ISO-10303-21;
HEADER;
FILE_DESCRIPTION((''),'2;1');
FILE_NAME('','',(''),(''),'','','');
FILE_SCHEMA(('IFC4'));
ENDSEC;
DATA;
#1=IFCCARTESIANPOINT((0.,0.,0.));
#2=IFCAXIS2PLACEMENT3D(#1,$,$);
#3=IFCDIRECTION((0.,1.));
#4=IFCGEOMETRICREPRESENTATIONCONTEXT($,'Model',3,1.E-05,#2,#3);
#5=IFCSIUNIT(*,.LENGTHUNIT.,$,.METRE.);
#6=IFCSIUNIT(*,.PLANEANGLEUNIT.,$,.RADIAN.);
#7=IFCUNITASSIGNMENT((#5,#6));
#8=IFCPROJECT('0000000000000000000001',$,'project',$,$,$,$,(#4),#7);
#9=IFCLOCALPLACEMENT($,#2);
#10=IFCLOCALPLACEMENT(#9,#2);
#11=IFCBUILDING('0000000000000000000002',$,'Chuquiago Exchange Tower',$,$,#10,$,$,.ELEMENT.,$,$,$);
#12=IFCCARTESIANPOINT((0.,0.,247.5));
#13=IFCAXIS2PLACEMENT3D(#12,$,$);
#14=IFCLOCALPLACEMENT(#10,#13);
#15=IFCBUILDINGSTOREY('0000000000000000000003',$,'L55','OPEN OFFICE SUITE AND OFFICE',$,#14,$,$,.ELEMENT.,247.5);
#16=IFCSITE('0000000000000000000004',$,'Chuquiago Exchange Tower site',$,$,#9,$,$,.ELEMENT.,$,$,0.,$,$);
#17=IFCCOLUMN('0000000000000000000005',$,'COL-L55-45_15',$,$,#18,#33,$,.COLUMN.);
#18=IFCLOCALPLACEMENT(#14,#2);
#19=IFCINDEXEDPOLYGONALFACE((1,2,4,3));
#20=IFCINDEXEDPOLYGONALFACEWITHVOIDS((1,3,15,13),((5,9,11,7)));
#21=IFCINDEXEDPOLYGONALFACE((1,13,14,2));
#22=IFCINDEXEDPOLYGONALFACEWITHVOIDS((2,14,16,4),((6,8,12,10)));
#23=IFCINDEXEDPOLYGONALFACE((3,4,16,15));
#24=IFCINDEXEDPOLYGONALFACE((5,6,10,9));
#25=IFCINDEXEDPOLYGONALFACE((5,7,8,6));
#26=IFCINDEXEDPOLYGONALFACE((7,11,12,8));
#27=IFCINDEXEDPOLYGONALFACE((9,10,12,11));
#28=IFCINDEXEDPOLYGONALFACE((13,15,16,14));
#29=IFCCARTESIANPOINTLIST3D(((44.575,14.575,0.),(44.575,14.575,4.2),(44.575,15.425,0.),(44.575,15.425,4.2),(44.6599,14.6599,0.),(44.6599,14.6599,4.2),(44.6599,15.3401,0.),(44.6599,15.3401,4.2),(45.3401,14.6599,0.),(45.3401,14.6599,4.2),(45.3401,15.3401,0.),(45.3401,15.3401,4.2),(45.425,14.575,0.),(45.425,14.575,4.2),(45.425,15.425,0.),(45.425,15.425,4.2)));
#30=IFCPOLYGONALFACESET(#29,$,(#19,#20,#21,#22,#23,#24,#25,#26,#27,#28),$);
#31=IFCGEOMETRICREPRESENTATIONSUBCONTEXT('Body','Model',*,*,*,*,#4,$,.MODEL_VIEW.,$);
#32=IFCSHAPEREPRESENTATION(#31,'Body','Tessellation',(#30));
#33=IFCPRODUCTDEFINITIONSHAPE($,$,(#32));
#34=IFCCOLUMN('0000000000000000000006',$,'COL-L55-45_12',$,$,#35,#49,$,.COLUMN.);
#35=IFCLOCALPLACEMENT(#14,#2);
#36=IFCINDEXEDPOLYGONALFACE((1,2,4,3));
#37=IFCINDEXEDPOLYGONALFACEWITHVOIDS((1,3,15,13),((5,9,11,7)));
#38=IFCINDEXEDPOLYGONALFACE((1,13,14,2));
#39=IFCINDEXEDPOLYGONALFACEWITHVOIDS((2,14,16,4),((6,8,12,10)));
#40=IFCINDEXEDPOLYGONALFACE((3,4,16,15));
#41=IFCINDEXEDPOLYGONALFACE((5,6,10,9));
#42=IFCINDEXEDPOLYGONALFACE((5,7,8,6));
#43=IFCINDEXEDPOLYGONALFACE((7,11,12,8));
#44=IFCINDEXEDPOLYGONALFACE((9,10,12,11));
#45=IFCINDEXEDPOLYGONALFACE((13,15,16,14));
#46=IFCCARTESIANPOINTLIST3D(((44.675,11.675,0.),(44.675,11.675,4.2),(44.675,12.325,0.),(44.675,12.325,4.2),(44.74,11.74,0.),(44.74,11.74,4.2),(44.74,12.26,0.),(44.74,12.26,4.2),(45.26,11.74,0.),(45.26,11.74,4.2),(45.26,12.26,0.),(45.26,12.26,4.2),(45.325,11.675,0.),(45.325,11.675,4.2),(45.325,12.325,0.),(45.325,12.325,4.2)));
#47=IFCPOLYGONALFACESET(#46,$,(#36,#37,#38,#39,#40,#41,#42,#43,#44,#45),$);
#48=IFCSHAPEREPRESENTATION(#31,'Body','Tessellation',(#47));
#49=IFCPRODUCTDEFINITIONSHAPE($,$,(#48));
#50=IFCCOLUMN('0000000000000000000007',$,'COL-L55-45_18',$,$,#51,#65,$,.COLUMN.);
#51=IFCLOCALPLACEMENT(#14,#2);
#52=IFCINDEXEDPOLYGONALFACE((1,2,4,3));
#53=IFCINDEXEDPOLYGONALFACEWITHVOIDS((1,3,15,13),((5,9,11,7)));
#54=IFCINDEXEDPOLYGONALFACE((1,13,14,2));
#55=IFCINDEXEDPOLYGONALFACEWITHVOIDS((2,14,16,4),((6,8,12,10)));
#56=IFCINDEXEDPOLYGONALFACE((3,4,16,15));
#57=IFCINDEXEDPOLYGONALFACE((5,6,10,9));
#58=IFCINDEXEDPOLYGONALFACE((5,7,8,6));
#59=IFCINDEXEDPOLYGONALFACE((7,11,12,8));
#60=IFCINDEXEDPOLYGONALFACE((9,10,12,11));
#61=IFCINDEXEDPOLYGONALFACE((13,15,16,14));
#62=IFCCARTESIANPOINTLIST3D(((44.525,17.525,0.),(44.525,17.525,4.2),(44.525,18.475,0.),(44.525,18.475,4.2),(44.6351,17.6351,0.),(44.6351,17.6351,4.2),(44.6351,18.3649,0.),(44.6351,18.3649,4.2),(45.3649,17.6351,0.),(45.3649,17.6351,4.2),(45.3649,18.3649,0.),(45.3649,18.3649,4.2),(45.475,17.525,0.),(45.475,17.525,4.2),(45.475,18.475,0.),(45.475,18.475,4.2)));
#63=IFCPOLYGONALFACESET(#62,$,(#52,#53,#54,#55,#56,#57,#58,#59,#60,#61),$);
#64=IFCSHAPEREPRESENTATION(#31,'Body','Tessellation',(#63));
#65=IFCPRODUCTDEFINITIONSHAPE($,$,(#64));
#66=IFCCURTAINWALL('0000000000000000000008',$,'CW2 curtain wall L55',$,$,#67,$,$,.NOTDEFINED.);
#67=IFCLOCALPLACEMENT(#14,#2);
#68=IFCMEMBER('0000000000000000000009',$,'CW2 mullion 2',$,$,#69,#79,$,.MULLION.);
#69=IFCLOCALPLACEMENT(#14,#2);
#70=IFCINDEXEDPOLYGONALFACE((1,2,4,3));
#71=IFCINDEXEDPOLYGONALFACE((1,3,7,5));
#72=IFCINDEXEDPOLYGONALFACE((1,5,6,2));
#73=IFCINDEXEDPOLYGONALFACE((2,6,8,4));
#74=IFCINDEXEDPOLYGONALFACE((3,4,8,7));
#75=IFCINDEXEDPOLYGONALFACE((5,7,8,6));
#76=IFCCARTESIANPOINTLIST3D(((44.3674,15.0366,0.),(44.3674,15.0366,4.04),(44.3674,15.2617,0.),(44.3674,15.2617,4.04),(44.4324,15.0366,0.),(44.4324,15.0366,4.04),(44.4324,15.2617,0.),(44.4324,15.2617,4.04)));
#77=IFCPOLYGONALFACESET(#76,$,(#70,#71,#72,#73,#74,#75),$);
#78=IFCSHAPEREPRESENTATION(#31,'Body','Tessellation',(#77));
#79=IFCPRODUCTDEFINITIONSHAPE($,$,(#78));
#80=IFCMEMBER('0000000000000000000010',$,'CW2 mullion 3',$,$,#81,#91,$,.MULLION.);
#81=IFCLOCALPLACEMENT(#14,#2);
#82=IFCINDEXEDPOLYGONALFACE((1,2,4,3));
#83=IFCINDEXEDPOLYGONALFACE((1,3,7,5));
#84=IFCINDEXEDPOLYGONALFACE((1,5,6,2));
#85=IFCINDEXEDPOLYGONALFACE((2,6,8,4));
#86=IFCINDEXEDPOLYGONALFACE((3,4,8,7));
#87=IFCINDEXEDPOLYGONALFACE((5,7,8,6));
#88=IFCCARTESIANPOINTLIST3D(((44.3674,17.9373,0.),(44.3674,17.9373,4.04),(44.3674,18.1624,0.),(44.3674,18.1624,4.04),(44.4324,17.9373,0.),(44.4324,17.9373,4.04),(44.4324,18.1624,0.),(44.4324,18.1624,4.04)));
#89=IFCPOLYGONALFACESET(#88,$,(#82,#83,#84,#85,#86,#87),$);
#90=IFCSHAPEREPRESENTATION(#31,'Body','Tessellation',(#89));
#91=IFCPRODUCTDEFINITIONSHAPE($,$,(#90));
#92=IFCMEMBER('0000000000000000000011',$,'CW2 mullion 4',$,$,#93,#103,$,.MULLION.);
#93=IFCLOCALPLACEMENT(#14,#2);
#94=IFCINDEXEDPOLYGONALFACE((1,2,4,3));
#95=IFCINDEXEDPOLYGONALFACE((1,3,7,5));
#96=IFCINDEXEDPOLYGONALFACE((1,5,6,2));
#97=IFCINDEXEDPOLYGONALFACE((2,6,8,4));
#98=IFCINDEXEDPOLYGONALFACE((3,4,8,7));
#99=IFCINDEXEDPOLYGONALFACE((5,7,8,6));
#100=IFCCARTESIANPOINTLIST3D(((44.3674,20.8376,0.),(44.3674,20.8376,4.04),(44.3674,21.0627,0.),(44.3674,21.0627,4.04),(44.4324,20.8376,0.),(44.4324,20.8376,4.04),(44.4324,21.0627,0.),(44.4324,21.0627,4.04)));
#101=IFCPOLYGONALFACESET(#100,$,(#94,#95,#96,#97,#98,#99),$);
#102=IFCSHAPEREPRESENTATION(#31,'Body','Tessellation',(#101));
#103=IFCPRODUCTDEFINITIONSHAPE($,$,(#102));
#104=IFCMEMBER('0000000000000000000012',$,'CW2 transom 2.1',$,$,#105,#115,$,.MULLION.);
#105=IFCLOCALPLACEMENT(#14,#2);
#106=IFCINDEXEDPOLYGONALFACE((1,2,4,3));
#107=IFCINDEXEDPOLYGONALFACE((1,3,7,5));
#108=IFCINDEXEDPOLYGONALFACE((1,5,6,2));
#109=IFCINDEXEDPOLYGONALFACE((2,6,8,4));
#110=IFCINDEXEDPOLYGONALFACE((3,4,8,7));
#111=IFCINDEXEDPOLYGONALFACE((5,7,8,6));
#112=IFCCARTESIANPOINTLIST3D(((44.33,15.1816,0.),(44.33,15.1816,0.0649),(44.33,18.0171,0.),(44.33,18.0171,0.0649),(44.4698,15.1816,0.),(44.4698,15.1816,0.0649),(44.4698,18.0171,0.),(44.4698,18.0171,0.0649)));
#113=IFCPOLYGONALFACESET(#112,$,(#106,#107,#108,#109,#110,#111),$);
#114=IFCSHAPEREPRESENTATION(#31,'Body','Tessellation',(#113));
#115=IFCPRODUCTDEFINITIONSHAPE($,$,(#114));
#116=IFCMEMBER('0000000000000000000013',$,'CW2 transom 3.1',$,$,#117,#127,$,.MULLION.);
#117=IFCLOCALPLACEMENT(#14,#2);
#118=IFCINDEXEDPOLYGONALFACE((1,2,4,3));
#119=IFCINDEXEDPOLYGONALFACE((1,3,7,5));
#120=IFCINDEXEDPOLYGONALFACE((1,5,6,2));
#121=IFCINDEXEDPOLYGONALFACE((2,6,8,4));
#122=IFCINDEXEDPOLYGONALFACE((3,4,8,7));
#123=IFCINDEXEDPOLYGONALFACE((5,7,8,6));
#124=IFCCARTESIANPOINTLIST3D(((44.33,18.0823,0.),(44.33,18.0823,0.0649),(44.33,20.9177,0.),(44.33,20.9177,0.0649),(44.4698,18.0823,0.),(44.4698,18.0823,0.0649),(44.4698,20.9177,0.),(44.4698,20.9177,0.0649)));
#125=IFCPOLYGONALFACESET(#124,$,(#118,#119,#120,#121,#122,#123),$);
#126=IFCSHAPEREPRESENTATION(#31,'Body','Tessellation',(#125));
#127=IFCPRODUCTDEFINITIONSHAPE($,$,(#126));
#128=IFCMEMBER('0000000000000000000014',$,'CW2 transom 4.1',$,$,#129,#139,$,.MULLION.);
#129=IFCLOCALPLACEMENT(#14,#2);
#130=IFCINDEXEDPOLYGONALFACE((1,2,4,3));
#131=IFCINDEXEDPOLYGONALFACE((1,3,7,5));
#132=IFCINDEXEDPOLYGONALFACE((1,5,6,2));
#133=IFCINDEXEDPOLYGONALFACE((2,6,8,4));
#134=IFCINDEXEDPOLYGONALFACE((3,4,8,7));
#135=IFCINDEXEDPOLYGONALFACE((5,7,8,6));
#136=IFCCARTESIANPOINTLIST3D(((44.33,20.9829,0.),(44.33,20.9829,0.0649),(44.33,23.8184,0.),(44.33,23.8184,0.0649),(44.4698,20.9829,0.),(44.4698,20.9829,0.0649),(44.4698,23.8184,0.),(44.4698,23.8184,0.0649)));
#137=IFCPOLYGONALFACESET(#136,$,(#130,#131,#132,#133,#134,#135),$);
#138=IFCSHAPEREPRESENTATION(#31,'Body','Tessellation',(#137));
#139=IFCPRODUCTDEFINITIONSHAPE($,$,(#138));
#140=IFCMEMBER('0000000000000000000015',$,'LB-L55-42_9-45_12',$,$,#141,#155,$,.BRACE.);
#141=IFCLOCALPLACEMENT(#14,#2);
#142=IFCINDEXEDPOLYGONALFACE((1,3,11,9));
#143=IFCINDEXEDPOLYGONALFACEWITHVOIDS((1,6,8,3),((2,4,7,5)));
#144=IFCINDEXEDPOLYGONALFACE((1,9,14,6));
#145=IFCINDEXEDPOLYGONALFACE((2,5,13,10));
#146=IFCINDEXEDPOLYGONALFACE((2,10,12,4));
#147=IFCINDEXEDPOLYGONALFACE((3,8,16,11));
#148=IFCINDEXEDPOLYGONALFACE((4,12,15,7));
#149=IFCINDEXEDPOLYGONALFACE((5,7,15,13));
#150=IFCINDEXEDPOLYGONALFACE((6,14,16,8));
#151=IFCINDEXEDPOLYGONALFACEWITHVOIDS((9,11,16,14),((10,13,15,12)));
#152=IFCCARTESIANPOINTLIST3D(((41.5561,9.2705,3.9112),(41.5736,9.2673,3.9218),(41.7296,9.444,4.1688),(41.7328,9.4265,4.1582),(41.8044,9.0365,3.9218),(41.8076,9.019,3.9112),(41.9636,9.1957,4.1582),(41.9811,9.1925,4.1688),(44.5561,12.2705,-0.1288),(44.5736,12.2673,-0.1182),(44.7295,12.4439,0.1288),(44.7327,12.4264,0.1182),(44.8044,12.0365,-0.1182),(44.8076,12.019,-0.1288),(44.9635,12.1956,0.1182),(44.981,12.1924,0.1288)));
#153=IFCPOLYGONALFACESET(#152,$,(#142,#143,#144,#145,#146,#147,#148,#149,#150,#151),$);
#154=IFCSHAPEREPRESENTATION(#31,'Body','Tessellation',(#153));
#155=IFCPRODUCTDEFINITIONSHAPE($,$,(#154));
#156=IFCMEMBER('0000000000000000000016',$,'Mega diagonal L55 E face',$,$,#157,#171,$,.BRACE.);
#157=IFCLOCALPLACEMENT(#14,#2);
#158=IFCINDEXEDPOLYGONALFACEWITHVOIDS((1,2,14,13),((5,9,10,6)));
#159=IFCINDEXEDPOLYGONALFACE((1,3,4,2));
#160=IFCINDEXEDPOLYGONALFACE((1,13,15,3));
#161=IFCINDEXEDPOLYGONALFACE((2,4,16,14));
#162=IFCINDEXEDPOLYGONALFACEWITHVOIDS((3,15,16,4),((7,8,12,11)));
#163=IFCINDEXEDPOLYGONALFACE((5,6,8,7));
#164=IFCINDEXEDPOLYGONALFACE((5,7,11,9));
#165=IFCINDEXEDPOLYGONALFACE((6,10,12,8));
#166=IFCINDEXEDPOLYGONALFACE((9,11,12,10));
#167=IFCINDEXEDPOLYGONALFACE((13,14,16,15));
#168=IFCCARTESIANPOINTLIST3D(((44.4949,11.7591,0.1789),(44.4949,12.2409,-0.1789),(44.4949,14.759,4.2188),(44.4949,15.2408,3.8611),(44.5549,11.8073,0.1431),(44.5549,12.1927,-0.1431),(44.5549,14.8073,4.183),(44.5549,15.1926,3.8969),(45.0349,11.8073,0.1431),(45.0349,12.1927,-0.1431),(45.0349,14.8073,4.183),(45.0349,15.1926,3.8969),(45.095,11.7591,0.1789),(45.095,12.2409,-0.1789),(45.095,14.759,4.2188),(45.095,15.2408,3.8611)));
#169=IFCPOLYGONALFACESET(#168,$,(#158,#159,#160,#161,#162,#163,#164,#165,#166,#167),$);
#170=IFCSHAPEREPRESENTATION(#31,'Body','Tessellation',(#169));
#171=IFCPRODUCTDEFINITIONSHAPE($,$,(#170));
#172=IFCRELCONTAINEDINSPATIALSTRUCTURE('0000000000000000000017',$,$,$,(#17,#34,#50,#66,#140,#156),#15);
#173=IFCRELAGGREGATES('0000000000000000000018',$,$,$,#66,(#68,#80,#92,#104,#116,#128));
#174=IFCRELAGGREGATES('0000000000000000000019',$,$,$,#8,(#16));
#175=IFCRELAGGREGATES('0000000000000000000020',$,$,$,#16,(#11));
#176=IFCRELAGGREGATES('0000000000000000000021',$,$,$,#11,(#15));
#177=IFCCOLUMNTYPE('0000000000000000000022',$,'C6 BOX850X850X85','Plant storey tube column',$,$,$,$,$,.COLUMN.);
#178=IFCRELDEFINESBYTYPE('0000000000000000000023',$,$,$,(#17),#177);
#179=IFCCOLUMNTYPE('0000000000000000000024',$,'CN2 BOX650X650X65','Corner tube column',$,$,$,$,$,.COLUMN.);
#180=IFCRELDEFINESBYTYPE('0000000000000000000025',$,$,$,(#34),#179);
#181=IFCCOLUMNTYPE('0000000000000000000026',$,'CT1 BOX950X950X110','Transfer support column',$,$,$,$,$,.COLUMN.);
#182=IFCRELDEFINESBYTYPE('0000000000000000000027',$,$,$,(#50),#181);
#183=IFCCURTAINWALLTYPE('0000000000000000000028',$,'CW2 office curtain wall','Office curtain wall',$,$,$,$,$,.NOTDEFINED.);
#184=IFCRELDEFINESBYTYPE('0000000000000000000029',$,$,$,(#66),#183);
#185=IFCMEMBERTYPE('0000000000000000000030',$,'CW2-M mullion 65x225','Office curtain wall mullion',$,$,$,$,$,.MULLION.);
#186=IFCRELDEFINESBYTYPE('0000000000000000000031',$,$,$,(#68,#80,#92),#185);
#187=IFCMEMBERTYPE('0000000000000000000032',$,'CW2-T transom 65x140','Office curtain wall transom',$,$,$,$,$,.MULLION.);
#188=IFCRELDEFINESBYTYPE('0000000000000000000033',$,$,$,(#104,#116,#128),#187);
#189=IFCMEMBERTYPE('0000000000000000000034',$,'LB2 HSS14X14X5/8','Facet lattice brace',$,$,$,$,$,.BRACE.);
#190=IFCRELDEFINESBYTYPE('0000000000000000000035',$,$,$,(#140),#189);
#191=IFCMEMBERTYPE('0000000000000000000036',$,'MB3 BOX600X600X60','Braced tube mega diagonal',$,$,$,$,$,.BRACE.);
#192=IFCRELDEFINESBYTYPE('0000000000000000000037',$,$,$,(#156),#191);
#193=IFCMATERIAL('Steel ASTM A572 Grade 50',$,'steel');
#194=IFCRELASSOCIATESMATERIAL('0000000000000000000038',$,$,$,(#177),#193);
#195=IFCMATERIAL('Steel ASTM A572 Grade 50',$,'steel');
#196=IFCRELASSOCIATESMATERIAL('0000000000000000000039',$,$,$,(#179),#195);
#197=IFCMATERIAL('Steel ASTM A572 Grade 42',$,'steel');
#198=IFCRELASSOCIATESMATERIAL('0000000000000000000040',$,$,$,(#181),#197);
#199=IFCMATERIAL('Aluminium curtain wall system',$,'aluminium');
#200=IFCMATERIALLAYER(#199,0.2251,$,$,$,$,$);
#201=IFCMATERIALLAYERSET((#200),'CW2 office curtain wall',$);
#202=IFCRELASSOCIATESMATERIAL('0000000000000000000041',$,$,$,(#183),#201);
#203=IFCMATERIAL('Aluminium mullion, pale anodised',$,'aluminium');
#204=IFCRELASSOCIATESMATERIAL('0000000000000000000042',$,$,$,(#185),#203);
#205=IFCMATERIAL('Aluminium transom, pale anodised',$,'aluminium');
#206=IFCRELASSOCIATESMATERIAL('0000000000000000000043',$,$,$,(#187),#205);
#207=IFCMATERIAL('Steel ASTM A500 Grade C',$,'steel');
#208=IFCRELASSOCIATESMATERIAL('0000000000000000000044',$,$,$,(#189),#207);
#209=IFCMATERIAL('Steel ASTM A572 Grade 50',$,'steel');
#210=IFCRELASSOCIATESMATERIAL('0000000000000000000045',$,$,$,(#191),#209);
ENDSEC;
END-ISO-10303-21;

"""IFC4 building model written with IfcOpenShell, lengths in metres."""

from ifc_helpers import new_model, si_unit, direction, frame, origin, origin_2d, place, context, subcontext, project, spatial, rectangle, hollow_rectangle, extrude, material, layer, layer_set, material_profile, profile_set, type_object, element, aggregate, save


model = new_model("IFC4")

# Units and contexts
model_context = context("Model", 3, precision=1e-05, world=origin(), true_north=direction((0.0, 1.0)))
body_context = subcontext(model_context, "Body", "Model", "MODEL_VIEW")
ifc_project = project(units=[si_unit("LENGTHUNIT", "METRE"), si_unit("PLANEANGLEUNIT", "RADIAN")], contexts=[model_context])

# Site, building, storey
site_placement = place(None, origin())
site = spatial("IfcSite", under=ifc_project, at=site_placement, Name="Chuquiago Exchange Tower site", CompositionType="ELEMENT", RefElevation=0.0)
building_placement = place(site_placement, origin())
building = spatial("IfcBuilding", under=site, at=building_placement, Name="Chuquiago Exchange Tower", CompositionType="ELEMENT")
storey_placement = place(building_placement, frame((0.0, 0.0, 247.5)))
storey = spatial("IfcBuildingStorey", under=building, at=storey_placement, Name="L55", Description="OPEN OFFICE SUITE AND OFFICE", CompositionType="ELEMENT", Elevation=247.5)

# Columns
ifc_material_1 = material(Name="Steel ASTM A572 Grade 50", Category="steel")
ifc_material_profile_1 = material_profile(ifc_material_1, hollow_rectangle(XDim=0.8501, YDim=0.8501, WallThickness=0.085, at=origin_2d()), Name="BOX850X850X85")
ifc_profile_set_1 = profile_set([ifc_material_profile_1], Name="Steel ASTM A572 Grade 50")
column_type_1 = type_object("IfcColumnType", Name="C6 BOX850X850X85", Description="Plant storey tube column", PredefinedType="COLUMN", material=ifc_profile_set_1)
column_1_placement = place(storey_placement, frame((45.0, 15.0, 0.0), z_axis=(0.0, 0.0, 1.0), x_axis=(1.0, 0.0, 0.0)))
element("IfcColumn", 1, at=column_1_placement, inside=storey, type_object=column_type_1, Name="COL-L55-45_15", PredefinedType="COLUMN", context=body_context, shape_type="SweptSolid", body=[
    extrude(hollow_rectangle(XDim=0.8501, YDim=0.8501, WallThickness=0.085, at=origin_2d()), origin(), (0.0, 0.0, 1.0), 4.2),
])
ifc_material_2 = material(Name="Steel ASTM A572 Grade 50", Category="steel")
ifc_material_profile_2 = material_profile(ifc_material_2, hollow_rectangle(XDim=0.6499, YDim=0.6499, WallThickness=0.0649, at=origin_2d()), Name="BOX650X650X65")
ifc_profile_set_2 = profile_set([ifc_material_profile_2], Name="Steel ASTM A572 Grade 50")
column_type_2 = type_object("IfcColumnType", Name="CN2 BOX650X650X65", Description="Corner tube column", PredefinedType="COLUMN", material=ifc_profile_set_2)
column_2_placement = place(storey_placement, frame((45.0, 12.0, 0.0), z_axis=(0.0, 0.0, 1.0), x_axis=(1.0, 0.0, 0.0)))
element("IfcColumn", 2, at=column_2_placement, inside=storey, type_object=column_type_2, Name="COL-L55-45_12", PredefinedType="COLUMN", context=body_context, shape_type="SweptSolid", body=[
    extrude(hollow_rectangle(XDim=0.6499, YDim=0.6499, WallThickness=0.0649, at=origin_2d()), origin(), (0.0, 0.0, 1.0), 4.2),
])
ifc_material_3 = material(Name="Steel ASTM A572 Grade 42", Category="steel")
ifc_material_profile_3 = material_profile(ifc_material_3, hollow_rectangle(XDim=0.95, YDim=0.95, WallThickness=0.1101, at=origin_2d()), Name="BOX950X950X110")
ifc_profile_set_3 = profile_set([ifc_material_profile_3], Name="Steel ASTM A572 Grade 42")
column_type_3 = type_object("IfcColumnType", Name="CT1 BOX950X950X110", Description="Transfer support column", PredefinedType="COLUMN", material=ifc_profile_set_3)
column_3_placement = place(storey_placement, frame((45.0, 18.0, 0.0), z_axis=(0.0, 0.0, 1.0), x_axis=(1.0, 0.0, 0.0)))
element("IfcColumn", 3, at=column_3_placement, inside=storey, type_object=column_type_3, Name="COL-L55-45_18", PredefinedType="COLUMN", context=body_context, shape_type="SweptSolid", body=[
    extrude(hollow_rectangle(XDim=0.95, YDim=0.95, WallThickness=0.1101, at=origin_2d()), origin(), (0.0, 0.0, 1.0), 4.2),
])

# Curtain wall, members
ifc_material_4 = material(Name="Aluminium curtain wall system", Category="aluminium")
ifc_layer_1 = layer(ifc_material_4, 0.2251)
ifc_layer_set_1 = layer_set([ifc_layer_1], Name="CW2 office curtain wall")
curtain_wall_type = type_object("IfcCurtainWallType", Name="CW2 office curtain wall", Description="Office curtain wall", PredefinedType="NOTDEFINED", material=ifc_layer_set_1)
curtain_wall_placement = place(storey_placement, origin())
curtain_wall = element("IfcCurtainWall", 4, at=curtain_wall_placement, inside=storey, type_object=curtain_wall_type, Name="CW2 curtain wall L55", PredefinedType="NOTDEFINED")
ifc_material_5 = material(Name="Aluminium mullion, pale anodised", Category="aluminium")
ifc_material_profile_4 = material_profile(ifc_material_5, rectangle(XDim=0.0649, YDim=0.2251, at=origin_2d()), Name="AL 65x225")
ifc_profile_set_4 = profile_set([ifc_material_profile_4], Name="Aluminium mullion, pale anodised")
member_type_1 = type_object("IfcMemberType", Name="CW2-M mullion 65x225", Description="Office curtain wall mullion", PredefinedType="MULLION", material=ifc_profile_set_4)
member_1_placement = place(storey_placement, frame((44.3999, 15.1492, 0.0), z_axis=(0.0, 0.0, 1.0), x_axis=(-1.0, 0.0, 0.0)))
member_1 = element("IfcMember", 5, at=member_1_placement, type_object=member_type_1, Name="CW2 mullion 2", PredefinedType="MULLION", context=body_context, shape_type="SweptSolid", body=[
    extrude(rectangle(XDim=0.0649, YDim=0.2251, at=origin_2d()), origin(), (0.0, 0.0, 1.0), 4.04),
])
member_2_placement = place(storey_placement, frame((44.3999, 18.0498, 0.0), z_axis=(0.0, 0.0, 1.0), x_axis=(-1.0, 0.0, 0.0)))
member_2 = element("IfcMember", 6, at=member_2_placement, type_object=member_type_1, Name="CW2 mullion 3", PredefinedType="MULLION", context=body_context, shape_type="SweptSolid", body=[
    extrude(rectangle(XDim=0.0649, YDim=0.2251, at=origin_2d()), origin(), (0.0, 0.0, 1.0), 4.04),
])
member_3_placement = place(storey_placement, frame((44.3999, 20.9502, 0.0), z_axis=(0.0, 0.0, 1.0), x_axis=(-1.0, 0.0, 0.0)))
member_3 = element("IfcMember", 7, at=member_3_placement, type_object=member_type_1, Name="CW2 mullion 4", PredefinedType="MULLION", context=body_context, shape_type="SweptSolid", body=[
    extrude(rectangle(XDim=0.0649, YDim=0.2251, at=origin_2d()), origin(), (0.0, 0.0, 1.0), 4.04),
])
ifc_material_6 = material(Name="Aluminium transom, pale anodised", Category="aluminium")
ifc_material_profile_5 = material_profile(ifc_material_6, rectangle(XDim=0.1399, YDim=0.0649, at=origin_2d()), Name="AL 140x65")
ifc_profile_set_5 = profile_set([ifc_material_profile_5], Name="Aluminium transom, pale anodised")
member_type_2 = type_object("IfcMemberType", Name="CW2-T transom 65x140", Description="Office curtain wall transom", PredefinedType="MULLION", material=ifc_profile_set_5)
member_4_placement = place(storey_placement, frame((44.3999, 15.1816, 0.0325), z_axis=(0.0, 1.0, 0.0), x_axis=(-1.0, 0.0, 0.0)))
member_4 = element("IfcMember", 8, at=member_4_placement, type_object=member_type_2, Name="CW2 transom 2.1", PredefinedType="MULLION", context=body_context, shape_type="SweptSolid", body=[
    extrude(rectangle(XDim=0.1399, YDim=0.0649, at=origin_2d()), origin(), (0.0, 0.0, 1.0), 2.8354),
])
member_5_placement = place(storey_placement, frame((44.3999, 18.0823, 0.0325), z_axis=(0.0, 1.0, 0.0), x_axis=(-1.0, 0.0, 0.0)))
member_5 = element("IfcMember", 9, at=member_5_placement, type_object=member_type_2, Name="CW2 transom 3.1", PredefinedType="MULLION", context=body_context, shape_type="SweptSolid", body=[
    extrude(rectangle(XDim=0.1399, YDim=0.0649, at=origin_2d()), origin(), (0.0, 0.0, 1.0), 2.8354),
])
member_6_placement = place(storey_placement, frame((44.3999, 20.9829, 0.0325), z_axis=(0.0, 1.0, 0.0), x_axis=(-1.0, 0.0, 0.0)))
member_6 = element("IfcMember", 10, at=member_6_placement, type_object=member_type_2, Name="CW2 transom 4.1", PredefinedType="MULLION", context=body_context, shape_type="SweptSolid", body=[
    extrude(rectangle(XDim=0.1399, YDim=0.0649, at=origin_2d()), origin(), (0.0, 0.0, 1.0), 2.8354),
])

# Members
ifc_material_7 = material(Name="Steel ASTM A500 Grade C", Category="steel")
ifc_material_profile_6 = material_profile(ifc_material_7, hollow_rectangle(XDim=0.3557, YDim=0.3557, WallThickness=0.0146, at=origin_2d()), Name="HSS14X14X5/8")
ifc_profile_set_6 = profile_set([ifc_material_profile_6], Name="Steel ASTM A500 Grade C")
member_type_3 = type_object("IfcMemberType", Name="LB2 HSS14X14X5/8", Description="Facet lattice brace", PredefinedType="BRACE", material=ifc_profile_set_6)
member_7_placement = place(storey_placement, frame((44.7686, 12.2314, 0.0), z_axis=(-0.512077, -0.512077, 0.689604), x_axis=(0.707107, -0.707107, 0.0)))
element("IfcMember", 11, at=member_7_placement, inside=storey, type_object=member_type_3, Name="LB-L55-42_9-45_12", PredefinedType="BRACE", context=body_context, shape_type="SweptSolid", body=[
    extrude(hollow_rectangle(XDim=0.3557, YDim=0.3557, WallThickness=0.0146, at=origin_2d()), origin(), (0.0, 0.0, 1.0), 5.8584),
])
ifc_material_8 = material(Name="Steel ASTM A572 Grade 50", Category="steel")
ifc_material_profile_7 = material_profile(ifc_material_8, hollow_rectangle(XDim=0.6001, YDim=0.6001, WallThickness=0.0601, at=origin_2d()), Name="BOX600X600X60")
ifc_profile_set_7 = profile_set([ifc_material_profile_7], Name="Steel ASTM A572 Grade 50")
member_type_4 = type_object("IfcMemberType", Name="MB3 BOX600X600X60", Description="Braced tube mega diagonal", PredefinedType="BRACE", material=ifc_profile_set_7)
for number, where, z_axis, x_axis, name in (
    (12, (44.7949, 12.0, 0.0), (0.0, 0.596174, 0.802855), (-1.0, 0.0, 0.0), "Mega diagonal L55 E face"),
):
    element("IfcMember", number, at=place(storey_placement, frame(where, z_axis=z_axis, x_axis=x_axis)), inside=storey, type_object=member_type_4, Name=name, PredefinedType="BRACE", context=body_context, shape_type="SweptSolid", body=[
        extrude(hollow_rectangle(XDim=0.6001, YDim=0.6001, WallThickness=0.0601, at=origin_2d()), origin(), (0.0, 0.0, 1.0), 5.032),
    ])

aggregate(curtain_wall, [member_1, member_2, member_3, member_4, member_5, member_6])

save(model, "model.ifc")
